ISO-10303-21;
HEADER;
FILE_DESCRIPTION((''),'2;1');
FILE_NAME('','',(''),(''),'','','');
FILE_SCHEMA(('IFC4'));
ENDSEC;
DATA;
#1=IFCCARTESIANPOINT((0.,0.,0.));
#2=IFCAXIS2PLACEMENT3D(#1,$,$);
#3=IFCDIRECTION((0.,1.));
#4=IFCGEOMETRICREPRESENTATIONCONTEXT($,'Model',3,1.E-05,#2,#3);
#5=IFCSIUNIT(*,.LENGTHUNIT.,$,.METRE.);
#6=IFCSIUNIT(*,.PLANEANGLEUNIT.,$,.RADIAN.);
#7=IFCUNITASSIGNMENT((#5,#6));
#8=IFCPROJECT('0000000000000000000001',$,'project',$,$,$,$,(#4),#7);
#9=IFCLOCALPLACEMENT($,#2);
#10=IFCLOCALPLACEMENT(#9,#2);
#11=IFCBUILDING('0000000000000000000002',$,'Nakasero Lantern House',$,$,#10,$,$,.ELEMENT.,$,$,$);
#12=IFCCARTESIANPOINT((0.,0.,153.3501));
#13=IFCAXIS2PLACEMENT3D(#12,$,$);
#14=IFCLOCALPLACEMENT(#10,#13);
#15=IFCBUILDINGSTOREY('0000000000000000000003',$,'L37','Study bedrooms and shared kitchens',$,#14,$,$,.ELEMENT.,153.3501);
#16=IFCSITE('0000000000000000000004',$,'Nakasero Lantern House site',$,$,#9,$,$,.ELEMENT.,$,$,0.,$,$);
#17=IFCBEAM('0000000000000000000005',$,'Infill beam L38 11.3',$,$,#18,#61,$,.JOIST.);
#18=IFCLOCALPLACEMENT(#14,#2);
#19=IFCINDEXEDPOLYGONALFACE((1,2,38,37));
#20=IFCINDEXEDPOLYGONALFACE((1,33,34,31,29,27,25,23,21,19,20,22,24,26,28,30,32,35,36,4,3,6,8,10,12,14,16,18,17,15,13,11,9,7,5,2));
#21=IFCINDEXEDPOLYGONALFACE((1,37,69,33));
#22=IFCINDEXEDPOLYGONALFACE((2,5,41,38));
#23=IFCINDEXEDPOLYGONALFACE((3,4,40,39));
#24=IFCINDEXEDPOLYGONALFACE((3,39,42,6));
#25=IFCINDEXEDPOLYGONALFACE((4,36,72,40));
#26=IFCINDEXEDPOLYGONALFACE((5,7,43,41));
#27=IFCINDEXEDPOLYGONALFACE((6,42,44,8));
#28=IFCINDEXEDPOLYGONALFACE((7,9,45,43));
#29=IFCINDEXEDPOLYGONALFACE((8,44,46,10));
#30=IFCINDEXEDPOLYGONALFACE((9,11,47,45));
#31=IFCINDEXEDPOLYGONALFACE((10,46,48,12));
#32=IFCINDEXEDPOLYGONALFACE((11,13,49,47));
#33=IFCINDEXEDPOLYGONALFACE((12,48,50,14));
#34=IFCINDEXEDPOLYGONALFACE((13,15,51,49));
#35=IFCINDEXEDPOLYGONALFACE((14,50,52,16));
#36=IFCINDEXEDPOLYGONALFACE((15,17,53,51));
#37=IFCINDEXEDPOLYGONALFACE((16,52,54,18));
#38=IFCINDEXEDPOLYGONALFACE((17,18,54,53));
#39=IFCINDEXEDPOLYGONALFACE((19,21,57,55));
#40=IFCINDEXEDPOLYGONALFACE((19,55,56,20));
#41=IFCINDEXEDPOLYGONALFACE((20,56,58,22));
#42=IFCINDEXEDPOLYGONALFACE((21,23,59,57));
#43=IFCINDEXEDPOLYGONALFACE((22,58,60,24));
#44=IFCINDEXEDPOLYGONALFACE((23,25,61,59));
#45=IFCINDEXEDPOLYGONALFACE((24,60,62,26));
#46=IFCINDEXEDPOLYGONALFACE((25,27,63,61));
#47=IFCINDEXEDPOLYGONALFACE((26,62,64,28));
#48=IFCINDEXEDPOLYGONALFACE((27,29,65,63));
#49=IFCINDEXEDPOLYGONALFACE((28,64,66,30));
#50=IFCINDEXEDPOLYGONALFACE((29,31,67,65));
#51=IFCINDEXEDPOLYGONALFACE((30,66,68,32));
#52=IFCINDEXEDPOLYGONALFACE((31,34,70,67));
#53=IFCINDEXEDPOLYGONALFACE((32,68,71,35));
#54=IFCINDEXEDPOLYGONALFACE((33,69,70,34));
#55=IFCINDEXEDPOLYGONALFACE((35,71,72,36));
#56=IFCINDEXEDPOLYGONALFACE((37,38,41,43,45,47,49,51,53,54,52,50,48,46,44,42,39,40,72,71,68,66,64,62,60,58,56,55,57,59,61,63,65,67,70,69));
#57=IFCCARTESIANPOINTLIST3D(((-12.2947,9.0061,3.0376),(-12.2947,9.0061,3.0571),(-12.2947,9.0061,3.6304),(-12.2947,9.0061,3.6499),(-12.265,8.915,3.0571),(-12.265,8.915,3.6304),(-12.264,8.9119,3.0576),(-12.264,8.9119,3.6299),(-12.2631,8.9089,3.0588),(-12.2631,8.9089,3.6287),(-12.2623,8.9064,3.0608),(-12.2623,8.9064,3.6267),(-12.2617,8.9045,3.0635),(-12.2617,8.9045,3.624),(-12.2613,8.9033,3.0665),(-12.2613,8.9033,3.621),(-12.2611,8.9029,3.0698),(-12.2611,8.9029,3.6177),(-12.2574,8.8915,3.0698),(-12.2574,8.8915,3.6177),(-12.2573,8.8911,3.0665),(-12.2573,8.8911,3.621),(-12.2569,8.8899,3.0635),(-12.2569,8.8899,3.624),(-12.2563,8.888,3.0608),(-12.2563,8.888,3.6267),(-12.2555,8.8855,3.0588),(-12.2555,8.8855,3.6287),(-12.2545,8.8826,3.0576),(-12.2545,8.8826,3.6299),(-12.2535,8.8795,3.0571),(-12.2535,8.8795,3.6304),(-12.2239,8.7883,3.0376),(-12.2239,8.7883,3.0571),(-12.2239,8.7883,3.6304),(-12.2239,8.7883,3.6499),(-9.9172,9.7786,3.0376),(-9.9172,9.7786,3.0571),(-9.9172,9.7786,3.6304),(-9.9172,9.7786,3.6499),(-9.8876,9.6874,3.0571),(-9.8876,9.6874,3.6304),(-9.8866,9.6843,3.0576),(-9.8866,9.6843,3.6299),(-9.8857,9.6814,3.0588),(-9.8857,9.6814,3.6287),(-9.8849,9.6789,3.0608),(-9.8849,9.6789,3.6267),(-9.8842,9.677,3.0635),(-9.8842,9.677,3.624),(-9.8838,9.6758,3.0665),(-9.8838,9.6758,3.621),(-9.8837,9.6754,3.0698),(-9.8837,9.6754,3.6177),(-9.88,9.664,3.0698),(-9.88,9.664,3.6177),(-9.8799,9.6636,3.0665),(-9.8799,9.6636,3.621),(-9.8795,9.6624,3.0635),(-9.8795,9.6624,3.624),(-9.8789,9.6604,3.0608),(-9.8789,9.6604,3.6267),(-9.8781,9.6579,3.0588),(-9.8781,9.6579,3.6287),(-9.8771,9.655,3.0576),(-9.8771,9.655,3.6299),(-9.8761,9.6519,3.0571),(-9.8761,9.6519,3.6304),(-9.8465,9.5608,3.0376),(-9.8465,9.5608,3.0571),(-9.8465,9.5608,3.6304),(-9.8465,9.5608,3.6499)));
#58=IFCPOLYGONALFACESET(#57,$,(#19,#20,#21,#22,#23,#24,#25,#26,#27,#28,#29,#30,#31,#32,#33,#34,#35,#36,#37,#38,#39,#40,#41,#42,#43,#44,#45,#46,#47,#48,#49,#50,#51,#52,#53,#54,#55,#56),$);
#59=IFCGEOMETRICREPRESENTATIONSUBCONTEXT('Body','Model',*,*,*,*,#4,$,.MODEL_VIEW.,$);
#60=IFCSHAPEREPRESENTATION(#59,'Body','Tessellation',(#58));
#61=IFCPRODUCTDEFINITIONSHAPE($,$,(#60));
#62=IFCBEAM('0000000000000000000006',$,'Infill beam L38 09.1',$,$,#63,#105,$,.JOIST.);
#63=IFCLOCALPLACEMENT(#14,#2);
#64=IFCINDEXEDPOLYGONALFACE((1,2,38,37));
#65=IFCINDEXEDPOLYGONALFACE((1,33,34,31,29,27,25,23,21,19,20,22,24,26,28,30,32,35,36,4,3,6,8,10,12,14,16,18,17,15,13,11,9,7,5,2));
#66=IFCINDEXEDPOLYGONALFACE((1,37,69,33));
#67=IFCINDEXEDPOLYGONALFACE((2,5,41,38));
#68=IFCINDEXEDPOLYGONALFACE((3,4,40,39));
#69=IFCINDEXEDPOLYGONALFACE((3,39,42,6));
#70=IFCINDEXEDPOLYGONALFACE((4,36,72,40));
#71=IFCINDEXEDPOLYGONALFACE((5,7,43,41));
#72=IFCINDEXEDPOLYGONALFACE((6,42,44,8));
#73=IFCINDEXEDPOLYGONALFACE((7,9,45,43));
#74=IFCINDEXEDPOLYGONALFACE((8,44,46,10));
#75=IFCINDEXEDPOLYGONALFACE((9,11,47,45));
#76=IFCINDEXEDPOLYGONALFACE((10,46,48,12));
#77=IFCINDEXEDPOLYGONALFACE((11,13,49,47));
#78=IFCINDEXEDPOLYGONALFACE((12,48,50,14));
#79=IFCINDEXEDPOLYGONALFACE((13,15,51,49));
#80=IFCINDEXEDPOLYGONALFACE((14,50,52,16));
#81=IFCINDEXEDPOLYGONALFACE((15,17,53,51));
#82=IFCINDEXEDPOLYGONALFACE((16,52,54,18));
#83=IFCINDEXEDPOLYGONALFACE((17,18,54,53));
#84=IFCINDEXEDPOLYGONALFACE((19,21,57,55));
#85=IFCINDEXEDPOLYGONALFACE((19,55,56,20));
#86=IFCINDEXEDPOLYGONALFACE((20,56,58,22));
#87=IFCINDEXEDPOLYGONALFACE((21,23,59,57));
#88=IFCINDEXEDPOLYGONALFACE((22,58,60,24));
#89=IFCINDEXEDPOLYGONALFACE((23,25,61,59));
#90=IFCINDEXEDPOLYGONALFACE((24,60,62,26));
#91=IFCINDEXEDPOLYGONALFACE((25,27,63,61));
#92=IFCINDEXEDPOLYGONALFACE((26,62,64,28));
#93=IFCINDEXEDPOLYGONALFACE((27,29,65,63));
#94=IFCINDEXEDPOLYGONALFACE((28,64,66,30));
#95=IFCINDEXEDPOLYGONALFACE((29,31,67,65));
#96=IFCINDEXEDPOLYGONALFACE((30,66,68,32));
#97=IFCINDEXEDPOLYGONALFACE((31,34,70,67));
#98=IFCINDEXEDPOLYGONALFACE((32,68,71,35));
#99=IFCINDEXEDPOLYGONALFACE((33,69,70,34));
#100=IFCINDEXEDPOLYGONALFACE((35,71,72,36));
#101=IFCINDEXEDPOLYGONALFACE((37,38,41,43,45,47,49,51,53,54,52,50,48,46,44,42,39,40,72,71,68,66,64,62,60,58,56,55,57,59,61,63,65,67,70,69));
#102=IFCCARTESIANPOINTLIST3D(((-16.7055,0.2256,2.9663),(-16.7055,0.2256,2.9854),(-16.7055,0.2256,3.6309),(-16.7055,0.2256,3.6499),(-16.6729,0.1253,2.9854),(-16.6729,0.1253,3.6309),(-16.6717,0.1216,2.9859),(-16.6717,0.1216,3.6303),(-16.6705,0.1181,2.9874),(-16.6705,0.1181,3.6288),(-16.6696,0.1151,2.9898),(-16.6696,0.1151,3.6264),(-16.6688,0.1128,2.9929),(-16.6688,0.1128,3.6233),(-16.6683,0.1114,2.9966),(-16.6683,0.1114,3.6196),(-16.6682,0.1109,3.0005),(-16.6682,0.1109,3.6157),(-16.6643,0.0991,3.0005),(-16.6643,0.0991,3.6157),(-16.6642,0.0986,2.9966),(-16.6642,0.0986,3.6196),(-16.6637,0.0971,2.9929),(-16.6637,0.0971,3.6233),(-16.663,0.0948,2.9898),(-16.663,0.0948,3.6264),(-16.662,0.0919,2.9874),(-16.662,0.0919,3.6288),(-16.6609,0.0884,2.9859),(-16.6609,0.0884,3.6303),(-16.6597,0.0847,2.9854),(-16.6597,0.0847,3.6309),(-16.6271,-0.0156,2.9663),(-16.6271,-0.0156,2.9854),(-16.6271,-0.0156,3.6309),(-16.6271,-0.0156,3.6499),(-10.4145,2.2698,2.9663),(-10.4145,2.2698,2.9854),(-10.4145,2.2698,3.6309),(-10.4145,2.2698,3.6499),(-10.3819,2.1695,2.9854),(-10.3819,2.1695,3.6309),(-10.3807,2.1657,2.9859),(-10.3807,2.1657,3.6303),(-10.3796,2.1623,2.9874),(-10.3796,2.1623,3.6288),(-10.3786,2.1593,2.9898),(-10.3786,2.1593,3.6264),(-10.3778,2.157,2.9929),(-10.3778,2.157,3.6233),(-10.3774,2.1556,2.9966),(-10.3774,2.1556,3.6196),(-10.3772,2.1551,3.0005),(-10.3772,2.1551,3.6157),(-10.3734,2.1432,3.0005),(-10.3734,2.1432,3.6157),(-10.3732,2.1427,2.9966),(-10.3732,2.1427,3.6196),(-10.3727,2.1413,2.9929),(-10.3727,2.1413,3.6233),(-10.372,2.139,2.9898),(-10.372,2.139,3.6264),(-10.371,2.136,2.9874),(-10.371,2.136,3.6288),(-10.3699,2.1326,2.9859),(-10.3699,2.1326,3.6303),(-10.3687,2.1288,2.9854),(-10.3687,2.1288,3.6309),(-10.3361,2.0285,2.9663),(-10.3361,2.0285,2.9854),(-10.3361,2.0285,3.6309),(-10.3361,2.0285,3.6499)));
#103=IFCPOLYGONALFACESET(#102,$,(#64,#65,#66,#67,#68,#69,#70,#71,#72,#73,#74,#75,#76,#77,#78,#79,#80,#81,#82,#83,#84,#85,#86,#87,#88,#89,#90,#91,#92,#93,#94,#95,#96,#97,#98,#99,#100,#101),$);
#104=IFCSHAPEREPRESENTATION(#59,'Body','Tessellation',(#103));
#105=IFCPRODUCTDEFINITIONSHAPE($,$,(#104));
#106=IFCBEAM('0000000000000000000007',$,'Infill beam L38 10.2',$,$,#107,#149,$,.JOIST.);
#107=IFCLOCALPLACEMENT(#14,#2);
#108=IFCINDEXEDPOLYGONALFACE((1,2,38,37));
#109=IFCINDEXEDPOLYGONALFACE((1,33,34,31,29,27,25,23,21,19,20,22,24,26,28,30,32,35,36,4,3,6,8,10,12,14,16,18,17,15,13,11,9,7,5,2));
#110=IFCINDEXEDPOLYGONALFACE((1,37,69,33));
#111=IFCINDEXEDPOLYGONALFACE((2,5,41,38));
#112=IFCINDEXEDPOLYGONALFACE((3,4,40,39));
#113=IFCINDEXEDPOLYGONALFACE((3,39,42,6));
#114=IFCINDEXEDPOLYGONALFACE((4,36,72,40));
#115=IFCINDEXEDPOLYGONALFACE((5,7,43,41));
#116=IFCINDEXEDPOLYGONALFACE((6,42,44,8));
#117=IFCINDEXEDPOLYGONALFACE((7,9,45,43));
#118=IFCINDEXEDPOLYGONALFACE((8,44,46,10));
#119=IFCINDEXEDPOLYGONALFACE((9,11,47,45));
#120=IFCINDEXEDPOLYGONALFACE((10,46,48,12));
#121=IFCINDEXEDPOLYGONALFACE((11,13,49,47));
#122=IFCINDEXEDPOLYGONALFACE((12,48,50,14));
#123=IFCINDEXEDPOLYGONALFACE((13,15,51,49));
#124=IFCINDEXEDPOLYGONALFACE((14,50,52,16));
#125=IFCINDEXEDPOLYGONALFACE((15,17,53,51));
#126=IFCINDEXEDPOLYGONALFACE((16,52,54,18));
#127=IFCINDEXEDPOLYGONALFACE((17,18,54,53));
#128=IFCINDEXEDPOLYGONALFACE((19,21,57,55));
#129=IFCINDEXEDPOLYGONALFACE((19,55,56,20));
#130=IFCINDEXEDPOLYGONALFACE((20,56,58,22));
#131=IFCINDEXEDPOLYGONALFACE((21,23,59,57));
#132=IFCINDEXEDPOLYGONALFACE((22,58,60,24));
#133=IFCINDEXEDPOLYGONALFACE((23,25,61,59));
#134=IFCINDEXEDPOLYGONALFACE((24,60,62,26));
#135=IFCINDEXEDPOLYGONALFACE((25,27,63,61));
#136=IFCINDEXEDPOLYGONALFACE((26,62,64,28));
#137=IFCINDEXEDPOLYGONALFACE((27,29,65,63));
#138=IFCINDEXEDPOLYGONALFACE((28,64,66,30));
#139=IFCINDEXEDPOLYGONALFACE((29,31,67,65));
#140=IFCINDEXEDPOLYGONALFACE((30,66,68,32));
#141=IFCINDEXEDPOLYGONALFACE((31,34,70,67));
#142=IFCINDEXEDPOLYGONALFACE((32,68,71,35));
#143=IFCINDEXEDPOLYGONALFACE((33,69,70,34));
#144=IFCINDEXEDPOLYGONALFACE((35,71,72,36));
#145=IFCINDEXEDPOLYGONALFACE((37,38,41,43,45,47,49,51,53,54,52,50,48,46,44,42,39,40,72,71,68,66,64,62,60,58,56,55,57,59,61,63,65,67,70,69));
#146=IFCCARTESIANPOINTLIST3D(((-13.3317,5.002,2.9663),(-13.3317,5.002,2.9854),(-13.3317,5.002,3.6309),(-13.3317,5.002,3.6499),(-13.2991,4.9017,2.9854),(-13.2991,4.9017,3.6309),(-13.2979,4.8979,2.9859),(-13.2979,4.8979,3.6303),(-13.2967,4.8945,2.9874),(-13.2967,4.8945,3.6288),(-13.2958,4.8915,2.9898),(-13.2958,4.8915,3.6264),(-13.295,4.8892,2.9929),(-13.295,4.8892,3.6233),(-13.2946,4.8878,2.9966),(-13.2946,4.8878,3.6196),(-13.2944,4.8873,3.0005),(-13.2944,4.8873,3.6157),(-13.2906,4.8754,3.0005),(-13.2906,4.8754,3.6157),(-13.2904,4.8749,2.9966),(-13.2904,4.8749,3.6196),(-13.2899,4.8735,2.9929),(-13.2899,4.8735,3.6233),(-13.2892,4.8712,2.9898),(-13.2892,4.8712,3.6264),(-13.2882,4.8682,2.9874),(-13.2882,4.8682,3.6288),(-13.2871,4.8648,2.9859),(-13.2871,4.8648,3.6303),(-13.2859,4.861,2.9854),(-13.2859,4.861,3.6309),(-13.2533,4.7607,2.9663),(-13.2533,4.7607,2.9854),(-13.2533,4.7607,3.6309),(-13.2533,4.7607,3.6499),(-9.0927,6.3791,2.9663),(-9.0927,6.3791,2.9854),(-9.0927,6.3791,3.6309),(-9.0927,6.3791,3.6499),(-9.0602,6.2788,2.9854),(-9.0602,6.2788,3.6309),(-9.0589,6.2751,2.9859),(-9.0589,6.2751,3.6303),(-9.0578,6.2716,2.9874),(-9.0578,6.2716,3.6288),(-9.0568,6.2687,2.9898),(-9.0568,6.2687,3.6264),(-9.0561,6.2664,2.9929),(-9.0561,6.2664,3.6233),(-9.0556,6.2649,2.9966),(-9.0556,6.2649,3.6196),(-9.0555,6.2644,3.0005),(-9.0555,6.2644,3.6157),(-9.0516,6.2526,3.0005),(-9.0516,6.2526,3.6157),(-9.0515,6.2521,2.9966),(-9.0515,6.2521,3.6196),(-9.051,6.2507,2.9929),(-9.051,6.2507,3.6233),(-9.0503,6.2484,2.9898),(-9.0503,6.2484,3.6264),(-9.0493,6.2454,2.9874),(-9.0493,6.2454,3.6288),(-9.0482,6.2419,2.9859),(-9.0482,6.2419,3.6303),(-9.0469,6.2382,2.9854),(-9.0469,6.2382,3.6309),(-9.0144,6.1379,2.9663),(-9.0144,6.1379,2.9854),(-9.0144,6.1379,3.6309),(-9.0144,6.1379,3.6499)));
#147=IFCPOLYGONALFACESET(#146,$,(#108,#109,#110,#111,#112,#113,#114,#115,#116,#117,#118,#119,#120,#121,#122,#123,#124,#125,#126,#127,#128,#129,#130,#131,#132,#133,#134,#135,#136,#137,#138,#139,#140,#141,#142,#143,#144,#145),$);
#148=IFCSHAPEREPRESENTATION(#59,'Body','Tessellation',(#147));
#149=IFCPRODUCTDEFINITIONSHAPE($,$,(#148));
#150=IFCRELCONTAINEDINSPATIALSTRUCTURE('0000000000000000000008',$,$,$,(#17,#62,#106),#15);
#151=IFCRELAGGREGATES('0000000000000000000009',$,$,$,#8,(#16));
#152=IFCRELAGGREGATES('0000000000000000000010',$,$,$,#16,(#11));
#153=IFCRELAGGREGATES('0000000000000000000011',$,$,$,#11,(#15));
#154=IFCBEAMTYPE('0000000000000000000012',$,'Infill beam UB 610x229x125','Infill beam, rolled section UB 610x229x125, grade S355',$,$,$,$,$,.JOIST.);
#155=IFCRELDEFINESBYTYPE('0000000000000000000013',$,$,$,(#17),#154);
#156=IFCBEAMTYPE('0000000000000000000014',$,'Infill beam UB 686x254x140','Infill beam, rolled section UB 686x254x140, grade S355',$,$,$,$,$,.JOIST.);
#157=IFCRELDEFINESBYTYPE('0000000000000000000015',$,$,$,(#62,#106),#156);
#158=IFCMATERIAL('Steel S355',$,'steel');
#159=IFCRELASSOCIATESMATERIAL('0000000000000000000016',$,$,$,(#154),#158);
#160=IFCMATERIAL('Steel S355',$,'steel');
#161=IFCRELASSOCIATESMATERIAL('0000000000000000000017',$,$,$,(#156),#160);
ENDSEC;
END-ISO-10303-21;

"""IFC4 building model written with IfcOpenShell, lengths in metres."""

from ifc_helpers import new_model, si_unit, direction, frame, origin, origin_2d, place, context, subcontext, project, spatial, i_section, extrude, material, material_profile, profile_set, type_object, element, save


model = new_model("IFC4")

# Units and contexts
model_context = context("Model", 3, precision=1e-05, world=origin(), true_north=direction((0.0, 1.0)))
body_context = subcontext(model_context, "Body", "Model", "MODEL_VIEW")
ifc_project = project(units=[si_unit("LENGTHUNIT", "METRE"), si_unit("PLANEANGLEUNIT", "RADIAN")], contexts=[model_context])

# Site, building, storey
site_placement = place(None, origin())
site = spatial("IfcSite", under=ifc_project, at=site_placement, Name="Nakasero Lantern House site", CompositionType="ELEMENT", RefElevation=0.0)
building_placement = place(site_placement, origin())
building = spatial("IfcBuilding", under=site, at=building_placement, Name="Nakasero Lantern House", CompositionType="ELEMENT")
storey_placement = place(building_placement, frame((0.0, 0.0, 153.3501)))
storey = spatial("IfcBuildingStorey", under=building, at=storey_placement, Name="L37", Description="Study bedrooms and shared kitchens", CompositionType="ELEMENT", Elevation=153.3501)

# Beams
ifc_material_1 = material(Name="Steel S355", Category="steel")
ifc_material_profile_1 = material_profile(ifc_material_1, i_section(OverallWidth=0.229, OverallDepth=0.6123, WebThickness=0.012, FlangeThickness=0.0195, FilletRadius=0.0127, at=origin_2d()), Name="UB 610x229x125")
ifc_profile_set_1 = profile_set([ifc_material_profile_1], Name="Steel S355")
beam_type_1 = type_object("IfcBeamType", Name="Infill beam UB 610x229x125", Description="Infill beam, rolled section UB 610x229x125, grade S355", PredefinedType="JOIST", material=ifc_profile_set_1)
beam_1_placement = place(storey_placement, frame((-12.2593, 8.8972, 3.3438), z_axis=(0.951058, 0.309011, 0.0), x_axis=(-0.309011, 0.951058, 0.0)))
element("IfcBeam", 1, at=beam_1_placement, inside=storey, type_object=beam_type_1, Name="Infill beam L38 11.3", PredefinedType="JOIST", context=body_context, shape_type="SweptSolid", body=[
    extrude(i_section(OverallWidth=0.229, OverallDepth=0.6123, WebThickness=0.012, FlangeThickness=0.0195, FilletRadius=0.0127, at=origin_2d()), origin(), (0.0, 0.0, 1.0), 2.4998),
])
ifc_material_2 = material(Name="Steel S355", Category="steel")
ifc_material_profile_2 = material_profile(ifc_material_2, i_section(OverallWidth=0.2537, OverallDepth=0.6836, WebThickness=0.0125, FlangeThickness=0.019, FilletRadius=0.0151, at=origin_2d()), Name="UB 686x254x140")
ifc_profile_set_2 = profile_set([ifc_material_profile_2], Name="Steel S355")
beam_type_2 = type_object("IfcBeamType", Name="Infill beam UB 686x254x140", Description="Infill beam, rolled section UB 686x254x140, grade S355", PredefinedType="JOIST", material=ifc_profile_set_2)
beam_2_placement = place(storey_placement, frame((-16.6663, 0.105, 3.3081), z_axis=(0.951051, 0.309033, 0.0), x_axis=(-0.309033, 0.951051, 0.0)))
element("IfcBeam", 2, at=beam_2_placement, inside=storey, type_object=beam_type_2, Name="Infill beam L38 09.1", PredefinedType="JOIST", context=body_context, shape_type="SweptSolid", body=[
    extrude(i_section(OverallWidth=0.2537, OverallDepth=0.6836, WebThickness=0.0125, FlangeThickness=0.019, FilletRadius=0.0151, at=origin_2d()), origin(), (0.0, 0.0, 1.0), 6.6147),
])
beam_3_placement = place(storey_placement, frame((-13.2925, 4.8813, 3.3081), z_axis=(0.951066, 0.308988, 0.0), x_axis=(-0.308988, 0.951066, 0.0)))
element("IfcBeam", 3, at=beam_3_placement, inside=storey, type_object=beam_type_2, Name="Infill beam L38 10.2", PredefinedType="JOIST", context=body_context, shape_type="SweptSolid", body=[
    extrude(i_section(OverallWidth=0.2537, OverallDepth=0.6836, WebThickness=0.0125, FlangeThickness=0.019, FilletRadius=0.0151, at=origin_2d()), origin(), (0.0, 0.0, 1.0), 4.457),
])

save(model, "model.ifc")
